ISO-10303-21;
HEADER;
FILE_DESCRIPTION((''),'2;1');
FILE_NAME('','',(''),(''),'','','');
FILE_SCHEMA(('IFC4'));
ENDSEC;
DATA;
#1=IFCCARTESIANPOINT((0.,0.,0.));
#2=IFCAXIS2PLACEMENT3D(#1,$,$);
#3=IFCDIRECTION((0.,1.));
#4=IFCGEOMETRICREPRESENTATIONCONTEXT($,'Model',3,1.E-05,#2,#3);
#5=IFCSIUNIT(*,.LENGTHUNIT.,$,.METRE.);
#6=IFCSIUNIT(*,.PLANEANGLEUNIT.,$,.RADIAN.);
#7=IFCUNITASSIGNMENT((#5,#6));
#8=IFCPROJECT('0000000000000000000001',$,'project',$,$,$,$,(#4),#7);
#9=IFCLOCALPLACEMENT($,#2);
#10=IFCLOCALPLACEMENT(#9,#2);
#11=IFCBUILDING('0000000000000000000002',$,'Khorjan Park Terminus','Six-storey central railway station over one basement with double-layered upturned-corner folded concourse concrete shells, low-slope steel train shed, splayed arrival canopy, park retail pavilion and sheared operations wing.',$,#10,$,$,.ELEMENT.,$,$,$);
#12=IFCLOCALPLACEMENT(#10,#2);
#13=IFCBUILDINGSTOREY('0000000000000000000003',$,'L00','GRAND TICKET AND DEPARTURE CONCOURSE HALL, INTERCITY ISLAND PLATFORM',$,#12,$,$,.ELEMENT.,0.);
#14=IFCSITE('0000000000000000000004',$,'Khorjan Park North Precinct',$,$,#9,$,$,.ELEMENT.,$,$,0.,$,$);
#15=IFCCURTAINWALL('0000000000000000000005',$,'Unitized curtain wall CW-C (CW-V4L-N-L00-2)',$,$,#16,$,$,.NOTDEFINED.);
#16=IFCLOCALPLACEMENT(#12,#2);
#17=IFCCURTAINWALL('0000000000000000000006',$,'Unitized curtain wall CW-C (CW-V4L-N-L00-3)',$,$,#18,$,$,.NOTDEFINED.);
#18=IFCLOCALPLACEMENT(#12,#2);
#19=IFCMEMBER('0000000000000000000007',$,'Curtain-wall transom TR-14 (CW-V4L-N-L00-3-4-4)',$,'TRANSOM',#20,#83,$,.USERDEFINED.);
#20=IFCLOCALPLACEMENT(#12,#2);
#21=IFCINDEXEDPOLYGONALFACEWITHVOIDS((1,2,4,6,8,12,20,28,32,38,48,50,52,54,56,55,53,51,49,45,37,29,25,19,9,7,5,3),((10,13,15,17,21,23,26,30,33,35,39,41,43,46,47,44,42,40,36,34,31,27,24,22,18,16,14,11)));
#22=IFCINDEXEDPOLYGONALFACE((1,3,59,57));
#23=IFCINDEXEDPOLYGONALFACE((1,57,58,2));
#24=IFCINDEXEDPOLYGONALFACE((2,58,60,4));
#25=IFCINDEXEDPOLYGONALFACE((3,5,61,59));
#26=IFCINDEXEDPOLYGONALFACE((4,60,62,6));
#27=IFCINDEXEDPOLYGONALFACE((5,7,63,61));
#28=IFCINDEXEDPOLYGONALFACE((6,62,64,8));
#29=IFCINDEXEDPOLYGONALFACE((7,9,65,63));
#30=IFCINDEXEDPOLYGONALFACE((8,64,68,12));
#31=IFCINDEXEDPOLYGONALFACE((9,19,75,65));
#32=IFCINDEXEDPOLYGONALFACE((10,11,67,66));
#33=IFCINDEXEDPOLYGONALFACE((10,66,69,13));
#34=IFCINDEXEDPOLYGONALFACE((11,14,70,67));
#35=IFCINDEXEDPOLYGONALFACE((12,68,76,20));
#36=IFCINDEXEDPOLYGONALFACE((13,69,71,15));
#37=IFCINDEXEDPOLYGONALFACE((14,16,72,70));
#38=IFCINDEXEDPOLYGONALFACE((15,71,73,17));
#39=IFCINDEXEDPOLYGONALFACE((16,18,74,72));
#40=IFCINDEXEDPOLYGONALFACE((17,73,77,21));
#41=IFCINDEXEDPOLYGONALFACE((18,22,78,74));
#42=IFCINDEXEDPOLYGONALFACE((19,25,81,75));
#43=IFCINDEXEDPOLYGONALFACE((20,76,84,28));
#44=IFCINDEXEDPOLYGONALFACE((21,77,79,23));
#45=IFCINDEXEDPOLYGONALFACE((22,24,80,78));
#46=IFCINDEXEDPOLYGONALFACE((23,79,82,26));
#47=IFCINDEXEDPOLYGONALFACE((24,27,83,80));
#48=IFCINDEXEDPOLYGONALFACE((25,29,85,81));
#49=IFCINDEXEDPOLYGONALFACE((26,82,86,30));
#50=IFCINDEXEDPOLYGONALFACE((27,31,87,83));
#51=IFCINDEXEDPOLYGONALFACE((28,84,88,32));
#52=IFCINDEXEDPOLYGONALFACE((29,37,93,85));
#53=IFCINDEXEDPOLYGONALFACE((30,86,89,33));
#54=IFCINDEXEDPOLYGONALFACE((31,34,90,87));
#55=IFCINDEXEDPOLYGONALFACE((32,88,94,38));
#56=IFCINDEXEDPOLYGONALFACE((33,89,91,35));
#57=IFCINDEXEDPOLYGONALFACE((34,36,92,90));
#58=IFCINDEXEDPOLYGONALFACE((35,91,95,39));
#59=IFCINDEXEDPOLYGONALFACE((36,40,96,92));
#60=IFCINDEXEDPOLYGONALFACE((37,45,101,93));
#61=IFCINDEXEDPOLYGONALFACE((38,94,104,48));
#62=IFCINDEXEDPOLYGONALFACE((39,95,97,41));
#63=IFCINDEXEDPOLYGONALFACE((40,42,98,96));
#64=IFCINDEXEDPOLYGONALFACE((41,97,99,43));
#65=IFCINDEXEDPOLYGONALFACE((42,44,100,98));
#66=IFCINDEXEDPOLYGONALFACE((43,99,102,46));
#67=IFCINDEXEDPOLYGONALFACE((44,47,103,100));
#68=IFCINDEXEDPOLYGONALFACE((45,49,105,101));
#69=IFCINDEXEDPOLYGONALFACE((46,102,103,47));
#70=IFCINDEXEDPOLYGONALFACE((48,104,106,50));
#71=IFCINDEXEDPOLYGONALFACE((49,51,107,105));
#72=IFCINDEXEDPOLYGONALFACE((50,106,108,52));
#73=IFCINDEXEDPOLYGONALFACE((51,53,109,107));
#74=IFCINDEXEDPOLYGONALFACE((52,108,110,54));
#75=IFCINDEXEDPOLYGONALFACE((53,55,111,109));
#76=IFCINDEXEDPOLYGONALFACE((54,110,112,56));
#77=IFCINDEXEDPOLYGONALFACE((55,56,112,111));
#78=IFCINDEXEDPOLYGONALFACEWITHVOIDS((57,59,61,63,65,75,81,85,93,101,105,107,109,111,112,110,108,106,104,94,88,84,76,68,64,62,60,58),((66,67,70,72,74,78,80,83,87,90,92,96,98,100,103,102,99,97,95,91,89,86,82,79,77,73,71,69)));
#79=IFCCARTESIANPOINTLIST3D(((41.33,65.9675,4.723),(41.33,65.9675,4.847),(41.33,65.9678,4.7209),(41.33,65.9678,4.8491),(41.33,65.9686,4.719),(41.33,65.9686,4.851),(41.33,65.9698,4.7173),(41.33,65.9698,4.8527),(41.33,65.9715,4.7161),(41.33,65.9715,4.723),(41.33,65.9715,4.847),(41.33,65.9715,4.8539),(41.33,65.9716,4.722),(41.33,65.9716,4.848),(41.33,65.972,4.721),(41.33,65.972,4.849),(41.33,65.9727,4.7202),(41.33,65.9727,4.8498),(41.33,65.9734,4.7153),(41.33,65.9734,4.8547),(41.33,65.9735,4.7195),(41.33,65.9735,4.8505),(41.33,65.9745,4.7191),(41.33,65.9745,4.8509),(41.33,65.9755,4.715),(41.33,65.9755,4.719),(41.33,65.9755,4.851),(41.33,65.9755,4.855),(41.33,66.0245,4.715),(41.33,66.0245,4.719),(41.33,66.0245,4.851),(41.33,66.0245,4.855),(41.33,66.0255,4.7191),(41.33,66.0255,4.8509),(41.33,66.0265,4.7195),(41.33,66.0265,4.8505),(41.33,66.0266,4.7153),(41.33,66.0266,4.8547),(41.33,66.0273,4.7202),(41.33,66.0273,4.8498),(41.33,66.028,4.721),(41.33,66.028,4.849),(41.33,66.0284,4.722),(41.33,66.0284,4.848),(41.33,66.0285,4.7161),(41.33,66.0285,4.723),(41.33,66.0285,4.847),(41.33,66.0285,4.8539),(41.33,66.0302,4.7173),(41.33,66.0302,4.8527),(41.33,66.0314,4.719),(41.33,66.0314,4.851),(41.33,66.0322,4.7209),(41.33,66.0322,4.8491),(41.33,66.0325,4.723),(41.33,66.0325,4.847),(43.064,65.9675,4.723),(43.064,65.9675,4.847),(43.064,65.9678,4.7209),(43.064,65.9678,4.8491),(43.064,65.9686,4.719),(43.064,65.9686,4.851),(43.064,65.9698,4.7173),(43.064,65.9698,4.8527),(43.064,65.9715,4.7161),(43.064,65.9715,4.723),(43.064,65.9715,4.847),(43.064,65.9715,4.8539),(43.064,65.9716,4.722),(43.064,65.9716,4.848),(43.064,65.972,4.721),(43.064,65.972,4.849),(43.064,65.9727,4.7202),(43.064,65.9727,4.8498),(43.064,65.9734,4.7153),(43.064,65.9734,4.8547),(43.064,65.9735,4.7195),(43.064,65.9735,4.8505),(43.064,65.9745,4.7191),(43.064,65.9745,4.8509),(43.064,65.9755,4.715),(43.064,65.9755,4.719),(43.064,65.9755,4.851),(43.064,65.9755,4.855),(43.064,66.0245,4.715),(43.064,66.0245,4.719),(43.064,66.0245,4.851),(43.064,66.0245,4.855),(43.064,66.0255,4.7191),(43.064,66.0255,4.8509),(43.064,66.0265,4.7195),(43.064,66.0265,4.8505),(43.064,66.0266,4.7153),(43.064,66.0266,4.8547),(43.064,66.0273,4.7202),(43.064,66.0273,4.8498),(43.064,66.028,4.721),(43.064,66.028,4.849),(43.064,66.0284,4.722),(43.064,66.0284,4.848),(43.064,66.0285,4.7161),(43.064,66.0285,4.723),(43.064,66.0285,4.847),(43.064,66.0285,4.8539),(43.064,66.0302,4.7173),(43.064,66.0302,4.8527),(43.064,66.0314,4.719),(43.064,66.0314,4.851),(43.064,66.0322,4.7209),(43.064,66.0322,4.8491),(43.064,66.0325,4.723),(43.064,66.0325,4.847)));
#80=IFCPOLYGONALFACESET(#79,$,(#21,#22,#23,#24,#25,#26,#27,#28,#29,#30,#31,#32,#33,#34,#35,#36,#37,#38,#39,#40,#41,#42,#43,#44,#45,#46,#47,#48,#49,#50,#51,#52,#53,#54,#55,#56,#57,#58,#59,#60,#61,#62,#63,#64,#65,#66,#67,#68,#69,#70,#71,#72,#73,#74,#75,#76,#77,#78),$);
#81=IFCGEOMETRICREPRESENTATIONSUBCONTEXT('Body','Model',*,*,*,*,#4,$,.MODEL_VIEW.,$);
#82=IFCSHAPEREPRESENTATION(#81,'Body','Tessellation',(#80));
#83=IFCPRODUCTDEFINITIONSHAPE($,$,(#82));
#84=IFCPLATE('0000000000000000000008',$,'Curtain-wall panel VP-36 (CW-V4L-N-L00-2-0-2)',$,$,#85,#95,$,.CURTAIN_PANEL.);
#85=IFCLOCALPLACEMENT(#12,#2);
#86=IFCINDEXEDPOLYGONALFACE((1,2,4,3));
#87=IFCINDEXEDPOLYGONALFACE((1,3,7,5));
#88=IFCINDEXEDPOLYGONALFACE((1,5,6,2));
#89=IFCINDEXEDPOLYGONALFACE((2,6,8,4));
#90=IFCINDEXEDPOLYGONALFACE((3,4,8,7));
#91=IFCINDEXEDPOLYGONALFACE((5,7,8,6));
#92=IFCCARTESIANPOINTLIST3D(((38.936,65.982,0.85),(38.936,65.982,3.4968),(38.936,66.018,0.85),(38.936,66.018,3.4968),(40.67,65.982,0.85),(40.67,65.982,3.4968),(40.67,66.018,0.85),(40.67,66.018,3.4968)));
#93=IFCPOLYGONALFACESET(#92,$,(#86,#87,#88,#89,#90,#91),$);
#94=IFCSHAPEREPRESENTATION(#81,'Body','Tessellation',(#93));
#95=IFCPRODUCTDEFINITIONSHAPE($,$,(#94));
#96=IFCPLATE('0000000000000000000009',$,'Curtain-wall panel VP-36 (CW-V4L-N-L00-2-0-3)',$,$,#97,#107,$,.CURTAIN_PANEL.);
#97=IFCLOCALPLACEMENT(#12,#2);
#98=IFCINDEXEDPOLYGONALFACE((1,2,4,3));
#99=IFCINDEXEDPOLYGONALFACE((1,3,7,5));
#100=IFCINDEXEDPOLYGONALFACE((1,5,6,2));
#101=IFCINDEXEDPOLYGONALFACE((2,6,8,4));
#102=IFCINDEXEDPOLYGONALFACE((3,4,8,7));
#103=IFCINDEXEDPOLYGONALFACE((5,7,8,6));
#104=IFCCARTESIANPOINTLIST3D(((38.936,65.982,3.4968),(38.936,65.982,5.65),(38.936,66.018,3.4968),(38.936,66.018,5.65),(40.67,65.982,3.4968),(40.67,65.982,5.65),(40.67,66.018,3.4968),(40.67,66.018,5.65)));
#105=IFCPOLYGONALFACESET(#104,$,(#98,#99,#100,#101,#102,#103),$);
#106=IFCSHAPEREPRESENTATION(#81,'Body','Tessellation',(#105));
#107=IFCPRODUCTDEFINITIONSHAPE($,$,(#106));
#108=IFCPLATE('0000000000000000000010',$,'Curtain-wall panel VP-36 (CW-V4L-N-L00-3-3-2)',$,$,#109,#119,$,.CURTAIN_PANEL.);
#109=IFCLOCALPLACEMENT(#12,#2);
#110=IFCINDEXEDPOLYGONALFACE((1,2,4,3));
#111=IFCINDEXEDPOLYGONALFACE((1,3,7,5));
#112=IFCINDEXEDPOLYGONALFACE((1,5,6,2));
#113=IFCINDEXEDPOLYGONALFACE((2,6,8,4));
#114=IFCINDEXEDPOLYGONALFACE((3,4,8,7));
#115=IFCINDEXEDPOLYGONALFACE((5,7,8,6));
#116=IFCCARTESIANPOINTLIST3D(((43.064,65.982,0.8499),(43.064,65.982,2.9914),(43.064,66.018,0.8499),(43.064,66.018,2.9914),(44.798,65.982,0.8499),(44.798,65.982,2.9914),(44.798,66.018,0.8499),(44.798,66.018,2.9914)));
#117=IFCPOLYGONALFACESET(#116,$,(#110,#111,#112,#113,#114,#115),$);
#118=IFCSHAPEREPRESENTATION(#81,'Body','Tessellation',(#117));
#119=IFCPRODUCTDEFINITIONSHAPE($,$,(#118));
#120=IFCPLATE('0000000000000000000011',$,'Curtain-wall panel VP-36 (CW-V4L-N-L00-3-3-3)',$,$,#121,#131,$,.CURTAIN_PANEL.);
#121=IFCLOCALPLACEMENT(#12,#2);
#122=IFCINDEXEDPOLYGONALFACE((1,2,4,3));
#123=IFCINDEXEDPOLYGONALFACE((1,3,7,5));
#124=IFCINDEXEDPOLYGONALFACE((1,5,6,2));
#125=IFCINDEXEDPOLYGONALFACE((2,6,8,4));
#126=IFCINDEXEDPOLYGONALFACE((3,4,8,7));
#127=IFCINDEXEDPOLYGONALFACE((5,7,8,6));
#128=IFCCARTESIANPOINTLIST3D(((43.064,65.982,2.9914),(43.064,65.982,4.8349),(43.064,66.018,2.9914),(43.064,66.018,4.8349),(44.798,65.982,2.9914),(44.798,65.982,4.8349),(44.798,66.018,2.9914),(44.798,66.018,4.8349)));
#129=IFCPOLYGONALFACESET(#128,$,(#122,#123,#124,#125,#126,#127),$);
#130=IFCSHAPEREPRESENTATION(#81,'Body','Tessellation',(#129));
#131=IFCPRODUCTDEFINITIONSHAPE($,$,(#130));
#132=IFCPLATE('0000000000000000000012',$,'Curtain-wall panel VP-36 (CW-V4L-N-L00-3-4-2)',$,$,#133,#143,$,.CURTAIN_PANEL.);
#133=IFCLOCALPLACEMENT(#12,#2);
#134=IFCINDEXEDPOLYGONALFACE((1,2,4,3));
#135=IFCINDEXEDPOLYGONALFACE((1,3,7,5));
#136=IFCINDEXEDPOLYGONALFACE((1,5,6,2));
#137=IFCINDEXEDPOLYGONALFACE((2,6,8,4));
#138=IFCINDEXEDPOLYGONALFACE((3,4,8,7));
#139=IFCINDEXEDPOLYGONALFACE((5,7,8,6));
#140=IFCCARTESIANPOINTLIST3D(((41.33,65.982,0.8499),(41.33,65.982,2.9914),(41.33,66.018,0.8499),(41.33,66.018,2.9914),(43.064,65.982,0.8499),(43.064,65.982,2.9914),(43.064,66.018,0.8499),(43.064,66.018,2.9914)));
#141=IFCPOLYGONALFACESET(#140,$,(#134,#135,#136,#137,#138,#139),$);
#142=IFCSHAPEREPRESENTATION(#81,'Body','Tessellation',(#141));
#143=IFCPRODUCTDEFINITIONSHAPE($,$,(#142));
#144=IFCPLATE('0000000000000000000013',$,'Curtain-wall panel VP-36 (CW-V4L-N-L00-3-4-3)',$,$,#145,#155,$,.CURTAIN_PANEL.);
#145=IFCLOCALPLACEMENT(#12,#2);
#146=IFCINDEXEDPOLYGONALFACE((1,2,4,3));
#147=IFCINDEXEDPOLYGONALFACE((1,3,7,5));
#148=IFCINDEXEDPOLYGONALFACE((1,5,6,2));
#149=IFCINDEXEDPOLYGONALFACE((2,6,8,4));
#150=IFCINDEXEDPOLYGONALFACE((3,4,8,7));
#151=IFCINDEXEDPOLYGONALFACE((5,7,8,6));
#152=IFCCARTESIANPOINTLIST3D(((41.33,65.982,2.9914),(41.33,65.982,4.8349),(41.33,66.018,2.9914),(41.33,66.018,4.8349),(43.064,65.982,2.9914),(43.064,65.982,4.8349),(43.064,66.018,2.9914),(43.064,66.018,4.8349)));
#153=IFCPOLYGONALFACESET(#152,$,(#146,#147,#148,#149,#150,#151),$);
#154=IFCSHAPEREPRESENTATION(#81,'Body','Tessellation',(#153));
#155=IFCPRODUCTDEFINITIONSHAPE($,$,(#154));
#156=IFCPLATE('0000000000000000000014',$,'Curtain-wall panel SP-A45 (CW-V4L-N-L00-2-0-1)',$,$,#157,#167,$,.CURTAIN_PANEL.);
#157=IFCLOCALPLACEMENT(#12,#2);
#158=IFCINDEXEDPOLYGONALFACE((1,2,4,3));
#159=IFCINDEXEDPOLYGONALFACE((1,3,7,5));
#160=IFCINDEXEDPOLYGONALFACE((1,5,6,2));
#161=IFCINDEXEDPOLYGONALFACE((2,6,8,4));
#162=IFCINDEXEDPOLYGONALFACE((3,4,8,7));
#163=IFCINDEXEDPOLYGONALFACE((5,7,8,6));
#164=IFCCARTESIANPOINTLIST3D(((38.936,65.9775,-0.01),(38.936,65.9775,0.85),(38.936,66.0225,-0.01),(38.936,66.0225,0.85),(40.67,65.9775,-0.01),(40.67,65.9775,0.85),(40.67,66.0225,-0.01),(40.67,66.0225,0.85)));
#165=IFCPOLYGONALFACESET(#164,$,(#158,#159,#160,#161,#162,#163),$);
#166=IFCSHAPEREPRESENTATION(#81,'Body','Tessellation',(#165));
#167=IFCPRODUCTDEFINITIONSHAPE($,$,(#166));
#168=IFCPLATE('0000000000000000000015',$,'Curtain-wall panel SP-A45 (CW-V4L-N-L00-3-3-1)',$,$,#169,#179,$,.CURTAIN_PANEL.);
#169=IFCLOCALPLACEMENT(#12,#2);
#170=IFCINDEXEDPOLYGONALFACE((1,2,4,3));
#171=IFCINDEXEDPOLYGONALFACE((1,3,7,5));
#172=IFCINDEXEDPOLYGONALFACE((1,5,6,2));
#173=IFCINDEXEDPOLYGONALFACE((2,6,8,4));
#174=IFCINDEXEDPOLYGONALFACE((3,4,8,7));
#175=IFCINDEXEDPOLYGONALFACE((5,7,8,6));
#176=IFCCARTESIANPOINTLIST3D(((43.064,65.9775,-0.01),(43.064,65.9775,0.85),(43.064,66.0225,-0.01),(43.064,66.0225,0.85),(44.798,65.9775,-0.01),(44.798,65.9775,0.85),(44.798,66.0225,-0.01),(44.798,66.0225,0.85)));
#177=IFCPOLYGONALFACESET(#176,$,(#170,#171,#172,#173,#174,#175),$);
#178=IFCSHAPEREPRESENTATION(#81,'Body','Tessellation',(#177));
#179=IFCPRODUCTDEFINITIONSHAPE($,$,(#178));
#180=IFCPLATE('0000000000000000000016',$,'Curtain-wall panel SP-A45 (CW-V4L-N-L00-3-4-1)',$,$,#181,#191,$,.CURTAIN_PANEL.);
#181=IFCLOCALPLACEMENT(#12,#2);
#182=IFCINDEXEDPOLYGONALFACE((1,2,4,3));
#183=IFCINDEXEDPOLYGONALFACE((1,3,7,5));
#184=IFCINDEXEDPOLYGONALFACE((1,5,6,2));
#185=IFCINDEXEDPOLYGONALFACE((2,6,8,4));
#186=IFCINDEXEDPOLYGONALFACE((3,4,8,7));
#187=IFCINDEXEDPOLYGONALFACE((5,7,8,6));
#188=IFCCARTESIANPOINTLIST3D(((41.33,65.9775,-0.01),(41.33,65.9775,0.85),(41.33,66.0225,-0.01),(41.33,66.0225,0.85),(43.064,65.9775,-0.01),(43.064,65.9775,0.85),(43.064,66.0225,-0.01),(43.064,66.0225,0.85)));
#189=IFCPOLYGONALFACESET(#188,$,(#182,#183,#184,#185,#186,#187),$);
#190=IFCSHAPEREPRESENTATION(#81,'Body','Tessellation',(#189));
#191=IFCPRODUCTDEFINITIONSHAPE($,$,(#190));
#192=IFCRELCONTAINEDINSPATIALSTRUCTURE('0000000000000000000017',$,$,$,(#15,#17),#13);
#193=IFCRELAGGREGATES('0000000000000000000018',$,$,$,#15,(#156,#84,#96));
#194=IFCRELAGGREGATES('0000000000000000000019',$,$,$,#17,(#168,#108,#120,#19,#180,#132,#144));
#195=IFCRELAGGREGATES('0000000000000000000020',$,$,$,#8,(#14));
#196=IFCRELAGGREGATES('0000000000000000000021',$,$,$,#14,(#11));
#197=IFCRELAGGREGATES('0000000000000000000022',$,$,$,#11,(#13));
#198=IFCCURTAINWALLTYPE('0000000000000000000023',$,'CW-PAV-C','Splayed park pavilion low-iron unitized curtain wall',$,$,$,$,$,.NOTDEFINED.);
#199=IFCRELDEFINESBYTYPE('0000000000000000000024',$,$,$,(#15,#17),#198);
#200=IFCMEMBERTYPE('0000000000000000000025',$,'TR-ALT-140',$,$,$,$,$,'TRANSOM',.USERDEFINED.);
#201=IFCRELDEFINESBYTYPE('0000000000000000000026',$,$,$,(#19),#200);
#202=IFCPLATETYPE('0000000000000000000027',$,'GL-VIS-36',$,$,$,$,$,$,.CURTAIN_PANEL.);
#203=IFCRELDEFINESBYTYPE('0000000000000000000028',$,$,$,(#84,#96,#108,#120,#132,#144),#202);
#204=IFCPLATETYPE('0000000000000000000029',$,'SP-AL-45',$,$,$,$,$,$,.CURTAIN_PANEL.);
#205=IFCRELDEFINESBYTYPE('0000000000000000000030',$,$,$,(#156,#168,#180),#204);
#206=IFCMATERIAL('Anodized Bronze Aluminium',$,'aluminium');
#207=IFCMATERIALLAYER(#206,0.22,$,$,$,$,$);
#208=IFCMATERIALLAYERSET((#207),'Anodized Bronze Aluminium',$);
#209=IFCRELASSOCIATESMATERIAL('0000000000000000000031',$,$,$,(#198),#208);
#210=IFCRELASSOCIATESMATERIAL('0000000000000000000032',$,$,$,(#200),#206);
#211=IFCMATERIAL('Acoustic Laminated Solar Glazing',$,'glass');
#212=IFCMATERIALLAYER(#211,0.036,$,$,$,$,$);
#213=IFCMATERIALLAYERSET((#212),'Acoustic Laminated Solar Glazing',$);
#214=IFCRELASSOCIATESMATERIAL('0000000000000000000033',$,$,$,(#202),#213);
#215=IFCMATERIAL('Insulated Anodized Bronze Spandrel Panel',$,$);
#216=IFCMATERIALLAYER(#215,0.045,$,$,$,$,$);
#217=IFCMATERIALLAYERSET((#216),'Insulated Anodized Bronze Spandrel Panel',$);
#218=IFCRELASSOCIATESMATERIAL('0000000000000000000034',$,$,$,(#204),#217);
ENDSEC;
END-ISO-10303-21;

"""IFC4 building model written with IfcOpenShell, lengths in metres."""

from ifc_helpers import new_model, si_unit, direction, frame, origin, origin_2d, place, context, subcontext, project, spatial, rectangle, hollow_rectangle, extrude, material, layer, layer_set, material_profile, profile_set, type_object, element, aggregate, save


model = new_model("IFC4")

# Units and contexts
model_context = context("Model", 3, precision=1e-05, world=origin(), true_north=direction((0.0, 1.0)))
body_context = subcontext(model_context, "Body", "Model", "MODEL_VIEW")
ifc_project = project(units=[si_unit("LENGTHUNIT", "METRE"), si_unit("PLANEANGLEUNIT", "RADIAN")], contexts=[model_context])

# Site, building, storey
site_placement = place(None, origin())
site = spatial("IfcSite", under=ifc_project, at=site_placement, Name="Khorjan Park North Precinct", CompositionType="ELEMENT", RefElevation=0.0)
building_placement = place(site_placement, origin())
building = spatial("IfcBuilding", under=site, at=building_placement, Name="Khorjan Park Terminus", Description="Six-storey central railway station over one basement with double-layered upturned-corner folded concourse concrete shells, low-slope steel train shed, splayed arrival canopy, park retail pavilion and sheared operations wing.", CompositionType="ELEMENT")
storey_placement = place(building_placement, origin())
storey = spatial("IfcBuildingStorey", under=building, at=storey_placement, Name="L00", Description="GRAND TICKET AND DEPARTURE CONCOURSE HALL, INTERCITY ISLAND PLATFORM", CompositionType="ELEMENT", Elevation=0.0)

# Curtain wall
ifc_material_1 = material(Name="Anodized Bronze Aluminium", Category="aluminium")
ifc_layer_1 = layer(ifc_material_1, 0.22)
ifc_layer_set_1 = layer_set([ifc_layer_1], Name="Anodized Bronze Aluminium")
curtain_wall_type = type_object("IfcCurtainWallType", Name="CW-PAV-C", Description="Splayed park pavilion low-iron unitized curtain wall", PredefinedType="NOTDEFINED", material=ifc_layer_set_1)
curtain_wall_1_placement = place(storey_placement, origin())
curtain_wall_1 = element("IfcCurtainWall", 1, at=curtain_wall_1_placement, inside=storey, type_object=curtain_wall_type, Name="Unitized curtain wall CW-C (CW-V4L-N-L00-2)", PredefinedType="NOTDEFINED")

# Curtain wall
curtain_wall_2_placement = place(storey_placement, origin())
curtain_wall_2 = element("IfcCurtainWall", 2, at=curtain_wall_2_placement, inside=storey, type_object=curtain_wall_type, Name="Unitized curtain wall CW-C (CW-V4L-N-L00-3)", PredefinedType="NOTDEFINED")

# Member
ifc_material_profile_1 = material_profile(ifc_material_1, hollow_rectangle(XDim=0.065, YDim=0.14, WallThickness=0.004, InnerFilletRadius=0.004, OuterFilletRadius=0.008, at=origin_2d()), Name="ALT 65x140x4")
ifc_profile_set_1 = profile_set([ifc_material_profile_1], Name="Anodized Bronze Aluminium")
member_type_1 = type_object("IfcMemberType", Name="TR-ALT-140", ElementType="TRANSOM", PredefinedType="USERDEFINED", material=ifc_profile_set_1)
member_1_placement = place(storey_placement, frame((43.064, 66.0, 4.785), z_axis=(-1.0, 0.0, 0.0), x_axis=(0.0, -1.0, 0.0)))
member_1 = element("IfcMember", 3, at=member_1_placement, type_object=member_type_1, Name="Curtain-wall transom TR-14 (CW-V4L-N-L00-3-4-4)", ObjectType="TRANSOM", PredefinedType="USERDEFINED", context=body_context, shape_type="SweptSolid", body=[
    extrude(hollow_rectangle(XDim=0.065, YDim=0.14, WallThickness=0.004, InnerFilletRadius=0.004, OuterFilletRadius=0.008, at=origin_2d()), origin(), (0.0, 0.0, 1.0), 1.734),
])

# Plates
ifc_material_2 = material(Name="Acoustic Laminated Solar Glazing", Category="glass")
ifc_layer_2 = layer(ifc_material_2, 0.036)
ifc_layer_set_2 = layer_set([ifc_layer_2], Name="Acoustic Laminated Solar Glazing")
plate_type_1 = type_object("IfcPlateType", Name="GL-VIS-36", PredefinedType="CURTAIN_PANEL", material=ifc_layer_set_2)
plate_1_placement = place(storey_placement, frame((39.803, 66.0, 0.85), z_axis=(0.0, 0.0, 1.0), x_axis=(-1.0, 0.0, 0.0)))
plate_1 = element("IfcPlate", 4, at=plate_1_placement, type_object=plate_type_1, Name="Curtain-wall panel VP-36 (CW-V4L-N-L00-2-0-2)", PredefinedType="CURTAIN_PANEL", context=body_context, shape_type="SweptSolid", body=[
    extrude(rectangle(XDim=1.734, YDim=0.036, at=origin_2d()), origin(), (0.0, 0.0, 1.0), 2.6468),
])
plate_2_placement = place(storey_placement, frame((39.803, 66.0, 3.4968), z_axis=(0.0, 0.0, 1.0), x_axis=(-1.0, 0.0, 0.0)))
plate_2 = element("IfcPlate", 5, at=plate_2_placement, type_object=plate_type_1, Name="Curtain-wall panel VP-36 (CW-V4L-N-L00-2-0-3)", PredefinedType="CURTAIN_PANEL", context=body_context, shape_type="SweptSolid", body=[
    extrude(rectangle(XDim=1.734, YDim=0.036, at=origin_2d()), origin(), (0.0, 0.0, 1.0), 2.1532),
])
plate_3_placement = place(storey_placement, frame((43.931, 66.0, 0.8499), z_axis=(0.0, 0.0, 1.0), x_axis=(-1.0, 0.0, 0.0)))
plate_3 = element("IfcPlate", 6, at=plate_3_placement, type_object=plate_type_1, Name="Curtain-wall panel VP-36 (CW-V4L-N-L00-3-3-2)", PredefinedType="CURTAIN_PANEL", context=body_context, shape_type="SweptSolid", body=[
    extrude(rectangle(XDim=1.734, YDim=0.036, at=origin_2d()), origin(), (0.0, 0.0, 1.0), 2.1415),
])
plate_4_placement = place(storey_placement, frame((43.931, 66.0, 2.9914), z_axis=(0.0, 0.0, 1.0), x_axis=(-1.0, 0.0, 0.0)))
plate_4 = element("IfcPlate", 7, at=plate_4_placement, type_object=plate_type_1, Name="Curtain-wall panel VP-36 (CW-V4L-N-L00-3-3-3)", PredefinedType="CURTAIN_PANEL", context=body_context, shape_type="SweptSolid", body=[
    extrude(rectangle(XDim=1.734, YDim=0.036, at=origin_2d()), origin(), (0.0, 0.0, 1.0), 1.8435),
])
plate_5_placement = place(storey_placement, frame((42.197, 66.0, 0.8499), z_axis=(0.0, 0.0, 1.0), x_axis=(-1.0, 0.0, 0.0)))
plate_5 = element("IfcPlate", 8, at=plate_5_placement, type_object=plate_type_1, Name="Curtain-wall panel VP-36 (CW-V4L-N-L00-3-4-2)", PredefinedType="CURTAIN_PANEL", context=body_context, shape_type="SweptSolid", body=[
    extrude(rectangle(XDim=1.734, YDim=0.036, at=origin_2d()), origin(), (0.0, 0.0, 1.0), 2.1415),
])
plate_6_placement = place(storey_placement, frame((42.197, 66.0, 2.9914), z_axis=(0.0, 0.0, 1.0), x_axis=(-1.0, 0.0, 0.0)))
plate_6 = element("IfcPlate", 9, at=plate_6_placement, type_object=plate_type_1, Name="Curtain-wall panel VP-36 (CW-V4L-N-L00-3-4-3)", PredefinedType="CURTAIN_PANEL", context=body_context, shape_type="SweptSolid", body=[
    extrude(rectangle(XDim=1.734, YDim=0.036, at=origin_2d()), origin(), (0.0, 0.0, 1.0), 1.8435),
])
ifc_material_3 = material(Name="Insulated Anodized Bronze Spandrel Panel")
ifc_layer_3 = layer(ifc_material_3, 0.045)
ifc_layer_set_3 = layer_set([ifc_layer_3], Name="Insulated Anodized Bronze Spandrel Panel")
plate_type_2 = type_object("IfcPlateType", Name="SP-AL-45", PredefinedType="CURTAIN_PANEL", material=ifc_layer_set_3)
plate_7_placement = place(storey_placement, frame((39.803, 66.0, -0.01), z_axis=(0.0, 0.0, 1.0), x_axis=(-1.0, 0.0, 0.0)))
plate_7 = element("IfcPlate", 10, at=plate_7_placement, type_object=plate_type_2, Name="Curtain-wall panel SP-A45 (CW-V4L-N-L00-2-0-1)", PredefinedType="CURTAIN_PANEL", context=body_context, shape_type="SweptSolid", body=[
    extrude(rectangle(XDim=1.734, YDim=0.045, at=origin_2d()), origin(), (0.0, 0.0, 1.0), 0.86),
])
aggregate(curtain_wall_1, [plate_7, plate_1, plate_2])
plate_8_placement = place(storey_placement, frame((43.931, 66.0, -0.01), z_axis=(0.0, 0.0, 1.0), x_axis=(-1.0, 0.0, 0.0)))
plate_8 = element("IfcPlate", 11, at=plate_8_placement, type_object=plate_type_2, Name="Curtain-wall panel SP-A45 (CW-V4L-N-L00-3-3-1)", PredefinedType="CURTAIN_PANEL", context=body_context, shape_type="SweptSolid", body=[
    extrude(rectangle(XDim=1.734, YDim=0.045, at=origin_2d()), origin(), (0.0, 0.0, 1.0), 0.86),
])
plate_9_placement = place(storey_placement, frame((42.197, 66.0, -0.01), z_axis=(0.0, 0.0, 1.0), x_axis=(-1.0, 0.0, 0.0)))
plate_9 = element("IfcPlate", 12, at=plate_9_placement, type_object=plate_type_2, Name="Curtain-wall panel SP-A45 (CW-V4L-N-L00-3-4-1)", PredefinedType="CURTAIN_PANEL", context=body_context, shape_type="SweptSolid", body=[
    extrude(rectangle(XDim=1.734, YDim=0.045, at=origin_2d()), origin(), (0.0, 0.0, 1.0), 0.86),
])
aggregate(curtain_wall_2, [plate_8, plate_3, plate_4, member_1, plate_9, plate_5, plate_6])

save(model, "model.ifc")
